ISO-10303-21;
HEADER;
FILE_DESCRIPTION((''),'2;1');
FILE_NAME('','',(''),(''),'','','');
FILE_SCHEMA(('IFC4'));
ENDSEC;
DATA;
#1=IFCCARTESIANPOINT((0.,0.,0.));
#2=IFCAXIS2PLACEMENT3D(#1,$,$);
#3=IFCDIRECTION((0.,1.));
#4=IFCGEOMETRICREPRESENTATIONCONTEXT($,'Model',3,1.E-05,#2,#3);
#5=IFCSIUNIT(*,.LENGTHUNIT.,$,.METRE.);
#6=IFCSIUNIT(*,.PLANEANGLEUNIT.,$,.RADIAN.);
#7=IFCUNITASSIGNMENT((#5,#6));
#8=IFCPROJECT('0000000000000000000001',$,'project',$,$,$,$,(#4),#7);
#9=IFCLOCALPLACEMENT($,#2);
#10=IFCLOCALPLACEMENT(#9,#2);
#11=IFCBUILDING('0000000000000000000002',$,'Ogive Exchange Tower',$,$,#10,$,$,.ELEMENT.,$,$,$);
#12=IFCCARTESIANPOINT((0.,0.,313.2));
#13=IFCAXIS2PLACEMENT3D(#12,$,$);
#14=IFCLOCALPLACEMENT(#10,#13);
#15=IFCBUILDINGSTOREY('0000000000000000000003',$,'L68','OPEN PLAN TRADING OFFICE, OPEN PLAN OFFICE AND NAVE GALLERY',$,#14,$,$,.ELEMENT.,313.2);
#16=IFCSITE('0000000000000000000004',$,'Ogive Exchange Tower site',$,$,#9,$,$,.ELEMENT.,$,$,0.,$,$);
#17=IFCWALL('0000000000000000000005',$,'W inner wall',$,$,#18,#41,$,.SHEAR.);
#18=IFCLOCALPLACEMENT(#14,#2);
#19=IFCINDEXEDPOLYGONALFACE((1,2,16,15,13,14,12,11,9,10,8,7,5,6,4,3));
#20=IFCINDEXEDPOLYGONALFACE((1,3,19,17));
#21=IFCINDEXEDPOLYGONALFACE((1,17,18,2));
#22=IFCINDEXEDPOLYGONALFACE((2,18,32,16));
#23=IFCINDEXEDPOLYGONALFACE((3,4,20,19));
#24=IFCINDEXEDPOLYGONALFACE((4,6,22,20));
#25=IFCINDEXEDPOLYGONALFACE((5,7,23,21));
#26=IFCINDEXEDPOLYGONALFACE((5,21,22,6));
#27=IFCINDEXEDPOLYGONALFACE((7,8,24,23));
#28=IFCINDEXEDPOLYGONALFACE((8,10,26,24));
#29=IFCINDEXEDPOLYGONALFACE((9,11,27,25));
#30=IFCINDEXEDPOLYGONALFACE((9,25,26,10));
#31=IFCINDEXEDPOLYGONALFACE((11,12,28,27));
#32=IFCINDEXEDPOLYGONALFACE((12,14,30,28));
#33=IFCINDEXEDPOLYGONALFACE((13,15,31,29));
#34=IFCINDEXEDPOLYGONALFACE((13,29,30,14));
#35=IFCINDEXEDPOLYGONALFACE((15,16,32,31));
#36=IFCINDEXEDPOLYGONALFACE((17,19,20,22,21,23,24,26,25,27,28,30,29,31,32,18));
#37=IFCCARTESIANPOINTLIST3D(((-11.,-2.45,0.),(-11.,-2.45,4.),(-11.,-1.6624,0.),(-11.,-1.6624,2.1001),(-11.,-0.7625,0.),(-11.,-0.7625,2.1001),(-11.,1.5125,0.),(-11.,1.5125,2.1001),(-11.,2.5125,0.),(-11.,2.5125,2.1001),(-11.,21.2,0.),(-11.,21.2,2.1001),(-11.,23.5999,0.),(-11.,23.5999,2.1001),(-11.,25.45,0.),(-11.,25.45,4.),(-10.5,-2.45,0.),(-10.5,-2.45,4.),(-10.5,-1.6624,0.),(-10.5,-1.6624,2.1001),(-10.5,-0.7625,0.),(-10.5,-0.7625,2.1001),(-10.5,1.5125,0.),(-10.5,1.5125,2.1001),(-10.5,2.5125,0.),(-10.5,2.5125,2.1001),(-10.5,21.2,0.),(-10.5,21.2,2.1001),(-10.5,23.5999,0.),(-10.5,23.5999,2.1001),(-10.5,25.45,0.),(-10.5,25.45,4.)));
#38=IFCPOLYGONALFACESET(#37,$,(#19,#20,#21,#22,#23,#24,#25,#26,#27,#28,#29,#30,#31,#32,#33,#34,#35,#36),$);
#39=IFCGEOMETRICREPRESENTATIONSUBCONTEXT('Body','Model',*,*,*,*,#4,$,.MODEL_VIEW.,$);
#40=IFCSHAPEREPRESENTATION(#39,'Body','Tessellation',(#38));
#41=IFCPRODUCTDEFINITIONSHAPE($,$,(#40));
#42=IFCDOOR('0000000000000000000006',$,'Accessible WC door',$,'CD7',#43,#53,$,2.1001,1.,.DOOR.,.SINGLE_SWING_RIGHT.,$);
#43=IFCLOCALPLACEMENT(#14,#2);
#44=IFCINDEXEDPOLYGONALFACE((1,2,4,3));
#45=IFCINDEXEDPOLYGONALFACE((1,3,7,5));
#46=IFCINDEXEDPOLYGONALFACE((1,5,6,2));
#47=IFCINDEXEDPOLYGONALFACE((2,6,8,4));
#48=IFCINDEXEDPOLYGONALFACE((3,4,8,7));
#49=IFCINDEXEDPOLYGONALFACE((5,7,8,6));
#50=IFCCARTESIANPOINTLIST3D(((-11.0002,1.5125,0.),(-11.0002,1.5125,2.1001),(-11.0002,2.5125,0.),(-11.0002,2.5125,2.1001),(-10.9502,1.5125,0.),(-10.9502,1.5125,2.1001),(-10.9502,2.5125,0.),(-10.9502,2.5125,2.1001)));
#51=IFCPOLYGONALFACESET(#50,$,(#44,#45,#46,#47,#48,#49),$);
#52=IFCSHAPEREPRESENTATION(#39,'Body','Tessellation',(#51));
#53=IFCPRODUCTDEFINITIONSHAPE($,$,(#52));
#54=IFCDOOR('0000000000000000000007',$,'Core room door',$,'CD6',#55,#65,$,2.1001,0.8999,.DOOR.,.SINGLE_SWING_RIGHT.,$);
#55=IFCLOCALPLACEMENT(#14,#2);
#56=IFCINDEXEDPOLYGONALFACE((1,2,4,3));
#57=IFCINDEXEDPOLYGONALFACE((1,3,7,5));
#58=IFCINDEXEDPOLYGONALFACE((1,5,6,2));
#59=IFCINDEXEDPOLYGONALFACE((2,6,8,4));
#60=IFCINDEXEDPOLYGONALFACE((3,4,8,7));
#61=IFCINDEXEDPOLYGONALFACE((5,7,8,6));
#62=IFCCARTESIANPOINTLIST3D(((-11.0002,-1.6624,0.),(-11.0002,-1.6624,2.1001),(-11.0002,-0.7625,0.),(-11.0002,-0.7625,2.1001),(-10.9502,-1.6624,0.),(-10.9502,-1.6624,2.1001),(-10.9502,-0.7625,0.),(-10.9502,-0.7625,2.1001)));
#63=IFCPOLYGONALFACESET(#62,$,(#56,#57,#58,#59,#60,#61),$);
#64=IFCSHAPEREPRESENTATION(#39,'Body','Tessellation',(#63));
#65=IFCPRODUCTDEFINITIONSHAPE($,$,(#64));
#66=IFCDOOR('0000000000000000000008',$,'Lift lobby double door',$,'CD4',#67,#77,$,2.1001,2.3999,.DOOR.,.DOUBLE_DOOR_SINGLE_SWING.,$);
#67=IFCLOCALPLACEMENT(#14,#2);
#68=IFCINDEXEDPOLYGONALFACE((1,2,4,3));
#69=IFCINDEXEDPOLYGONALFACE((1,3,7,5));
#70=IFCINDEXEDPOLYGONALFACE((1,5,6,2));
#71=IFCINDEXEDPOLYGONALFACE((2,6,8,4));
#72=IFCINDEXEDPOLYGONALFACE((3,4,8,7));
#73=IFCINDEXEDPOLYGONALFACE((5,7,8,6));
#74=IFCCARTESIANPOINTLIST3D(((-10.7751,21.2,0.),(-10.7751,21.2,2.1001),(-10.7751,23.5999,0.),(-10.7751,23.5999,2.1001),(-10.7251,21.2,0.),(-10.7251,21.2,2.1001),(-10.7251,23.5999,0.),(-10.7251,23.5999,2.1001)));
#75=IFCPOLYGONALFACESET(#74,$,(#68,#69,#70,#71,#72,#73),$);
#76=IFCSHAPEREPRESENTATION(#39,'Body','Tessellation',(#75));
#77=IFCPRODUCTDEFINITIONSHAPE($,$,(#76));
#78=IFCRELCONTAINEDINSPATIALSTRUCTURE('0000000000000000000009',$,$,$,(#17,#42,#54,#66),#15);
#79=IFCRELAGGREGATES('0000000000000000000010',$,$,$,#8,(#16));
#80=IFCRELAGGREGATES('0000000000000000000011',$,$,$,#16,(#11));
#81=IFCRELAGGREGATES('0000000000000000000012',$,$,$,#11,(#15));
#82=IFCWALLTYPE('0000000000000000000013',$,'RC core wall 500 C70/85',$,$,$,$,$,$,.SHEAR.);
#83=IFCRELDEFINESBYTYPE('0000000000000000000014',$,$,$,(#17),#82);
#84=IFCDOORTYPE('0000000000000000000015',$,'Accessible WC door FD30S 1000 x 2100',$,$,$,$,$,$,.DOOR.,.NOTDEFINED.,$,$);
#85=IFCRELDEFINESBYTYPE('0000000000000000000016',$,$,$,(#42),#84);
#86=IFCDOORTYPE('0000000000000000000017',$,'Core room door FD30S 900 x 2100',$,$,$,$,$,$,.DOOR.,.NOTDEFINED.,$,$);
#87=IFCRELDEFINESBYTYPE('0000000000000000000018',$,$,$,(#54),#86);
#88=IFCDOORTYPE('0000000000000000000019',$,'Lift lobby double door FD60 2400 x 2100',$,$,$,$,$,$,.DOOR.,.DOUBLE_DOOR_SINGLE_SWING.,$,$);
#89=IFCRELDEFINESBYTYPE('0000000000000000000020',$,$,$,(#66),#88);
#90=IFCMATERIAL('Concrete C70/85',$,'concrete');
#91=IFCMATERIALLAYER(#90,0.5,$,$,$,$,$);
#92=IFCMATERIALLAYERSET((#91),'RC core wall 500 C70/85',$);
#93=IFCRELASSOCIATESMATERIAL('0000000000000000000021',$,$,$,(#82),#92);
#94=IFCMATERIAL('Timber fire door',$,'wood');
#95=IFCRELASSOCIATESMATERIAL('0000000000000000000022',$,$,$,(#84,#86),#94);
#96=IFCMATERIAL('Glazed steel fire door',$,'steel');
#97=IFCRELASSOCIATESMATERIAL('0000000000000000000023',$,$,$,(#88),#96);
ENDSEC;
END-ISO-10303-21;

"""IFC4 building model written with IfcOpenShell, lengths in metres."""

from ifc_helpers import new_model, si_unit, direction, frame, frame_2d, origin, place, context, subcontext, project, spatial, rectangle, extrude, material, layer, layer_set, type_object, element, fill, save


model = new_model("IFC4")

# Units and contexts
model_context = context("Model", 3, precision=1e-05, world=origin(), true_north=direction((0.0, 1.0)))
body_context = subcontext(model_context, "Body", "Model", "MODEL_VIEW")
ifc_project = project(units=[si_unit("LENGTHUNIT", "METRE"), si_unit("PLANEANGLEUNIT", "RADIAN")], contexts=[model_context])

# Site, building, storey
site_placement = place(None, origin())
site = spatial("IfcSite", under=ifc_project, at=site_placement, Name="Ogive Exchange Tower site", CompositionType="ELEMENT", RefElevation=0.0)
building_placement = place(site_placement, origin())
building = spatial("IfcBuilding", under=site, at=building_placement, Name="Ogive Exchange Tower", CompositionType="ELEMENT")
storey_placement = place(building_placement, frame((0.0, 0.0, 313.2)))
storey = spatial("IfcBuildingStorey", under=building, at=storey_placement, Name="L68", Description="OPEN PLAN TRADING OFFICE, OPEN PLAN OFFICE AND NAVE GALLERY", CompositionType="ELEMENT", Elevation=313.2)

# Shared definitions
ifc_material_1 = material(Name="Concrete C70/85", Category="concrete")

# Wall, openings, doors
ifc_layer_1 = layer(ifc_material_1, 0.5)
ifc_layer_set_1 = layer_set([ifc_layer_1], Name="RC core wall 500 C70/85")
wall_type_1 = type_object("IfcWallType", Name="RC core wall 500 C70/85", PredefinedType="SHEAR", material=ifc_layer_set_1)
wall_1_placement = place(storey_placement, frame((-10.75, -2.45, 0.0), z_axis=(0.0, 0.0, 1.0), x_axis=(0.0, 1.0, 0.0)))
wall_1 = element("IfcWall", 1, at=wall_1_placement, inside=storey, type_object=wall_type_1, Name="W inner wall", PredefinedType="SHEAR", context=body_context, shape_type="SweptSolid", body=[
    extrude(rectangle(XDim=27.8999, YDim=0.5, at=frame_2d((13.95, 0.0))), origin(), (0.0, 0.0, 1.0), 4.0),
])
opening_1_placement = place(wall_1_placement, frame((23.6499, 0.0, 0.0)))
opening_1 = element("IfcOpeningElement", 2, at=opening_1_placement, cuts=wall_1, PredefinedType="OPENING", context=body_context, shape_type="SweptSolid", body=[
    extrude(rectangle(XDim=2.3999, YDim=2.1001, at=frame_2d((1.2, 1.05))), frame((0.0, 0.26, 0.0), z_axis=(0.0, -1.0, 0.0), x_axis=(1.0, 0.0, 0.0)), (0.0, 0.0, 1.0), 0.52),
])
opening_2_placement = place(wall_1_placement, frame((0.7876, 0.0, 0.0)))
opening_2 = element("IfcOpeningElement", 3, at=opening_2_placement, cuts=wall_1, PredefinedType="OPENING", context=body_context, shape_type="SweptSolid", body=[
    extrude(rectangle(XDim=0.8999, YDim=2.1001, at=frame_2d((0.45, 1.05))), frame((0.0, 0.26, 0.0), z_axis=(0.0, -1.0, 0.0), x_axis=(1.0, 0.0, 0.0)), (0.0, 0.0, 1.0), 0.52),
])
opening_3_placement = place(wall_1_placement, frame((3.9624, 0.0, 0.0)))
opening_3 = element("IfcOpeningElement", 4, at=opening_3_placement, cuts=wall_1, PredefinedType="OPENING", context=body_context, shape_type="SweptSolid", body=[
    extrude(rectangle(XDim=1.0, YDim=2.1001, at=frame_2d((0.5, 1.05))), frame((0.0, 0.26, 0.0), z_axis=(0.0, -1.0, 0.0), x_axis=(1.0, 0.0, 0.0)), (0.0, 0.0, 1.0), 0.52),
])
ifc_material_2 = material(Name="Timber fire door", Category="wood")
door_type_1 = type_object("IfcDoorType", Name="Accessible WC door FD30S 1000 x 2100", OperationType="NOTDEFINED", PredefinedType="DOOR", material=ifc_material_2)
door_1_placement = place(opening_3_placement, frame((1.0, 0.4502, 0.0), z_axis=(0.0, 0.0, 1.0), x_axis=(-1.0, 0.0, 0.0)))
door_1 = element("IfcDoor", 5, at=door_1_placement, inside=storey, type_object=door_type_1, Name="Accessible WC door", ObjectType="CD7", OperationType="SINGLE_SWING_RIGHT", OverallHeight=2.1001, OverallWidth=1.0, PredefinedType="DOOR", context=body_context, shape_type="SweptSolid", body=[
    extrude(rectangle(XDim=1.0, YDim=2.1001, at=frame_2d((0.5, 1.05))), frame((0.0, 0.25, 0.0), z_axis=(0.0, -1.0, 0.0), x_axis=(1.0, 0.0, 0.0)), (0.0, 0.0, 1.0), 0.05),
])
fill(opening_3, door_1)
door_type_2 = type_object("IfcDoorType", Name="Core room door FD30S 900 x 2100", OperationType="NOTDEFINED", PredefinedType="DOOR", material=ifc_material_2)
door_2_placement = place(opening_2_placement, frame((0.8999, 0.4502, 0.0), z_axis=(0.0, 0.0, 1.0), x_axis=(-1.0, 0.0, 0.0)))
door_2 = element("IfcDoor", 6, at=door_2_placement, inside=storey, type_object=door_type_2, Name="Core room door", ObjectType="CD6", OperationType="SINGLE_SWING_RIGHT", OverallHeight=2.1001, OverallWidth=0.8999, PredefinedType="DOOR", context=body_context, shape_type="SweptSolid", body=[
    extrude(rectangle(XDim=0.8999, YDim=2.1001, at=frame_2d((0.45, 1.05))), frame((0.0, 0.25, 0.0), z_axis=(0.0, -1.0, 0.0), x_axis=(1.0, 0.0, 0.0)), (0.0, 0.0, 1.0), 0.05),
])
fill(opening_2, door_2)
ifc_material_3 = material(Name="Glazed steel fire door", Category="steel")
door_type_3 = type_object("IfcDoorType", Name="Lift lobby double door FD60 2400 x 2100", OperationType="DOUBLE_DOOR_SINGLE_SWING", PredefinedType="DOOR", material=ifc_material_3)
door_3_placement = place(opening_1_placement, frame((2.3999, 0.0, 0.0), z_axis=(0.0, 0.0, 1.0), x_axis=(-1.0, 0.0, 0.0)))
door_3 = element("IfcDoor", 7, at=door_3_placement, inside=storey, type_object=door_type_3, Name="Lift lobby double door", ObjectType="CD4", OperationType="DOUBLE_DOOR_SINGLE_SWING", OverallHeight=2.1001, OverallWidth=2.3999, PredefinedType="DOOR", context=body_context, shape_type="SweptSolid", body=[
    extrude(rectangle(XDim=2.3999, YDim=2.1001, at=frame_2d((1.2, 1.05))), frame((0.0, 0.0249, 0.0), z_axis=(0.0, -1.0, 0.0), x_axis=(1.0, 0.0, 0.0)), (0.0, 0.0, 1.0), 0.05),
])
fill(opening_1, door_3)

save(model, "model.ifc")
